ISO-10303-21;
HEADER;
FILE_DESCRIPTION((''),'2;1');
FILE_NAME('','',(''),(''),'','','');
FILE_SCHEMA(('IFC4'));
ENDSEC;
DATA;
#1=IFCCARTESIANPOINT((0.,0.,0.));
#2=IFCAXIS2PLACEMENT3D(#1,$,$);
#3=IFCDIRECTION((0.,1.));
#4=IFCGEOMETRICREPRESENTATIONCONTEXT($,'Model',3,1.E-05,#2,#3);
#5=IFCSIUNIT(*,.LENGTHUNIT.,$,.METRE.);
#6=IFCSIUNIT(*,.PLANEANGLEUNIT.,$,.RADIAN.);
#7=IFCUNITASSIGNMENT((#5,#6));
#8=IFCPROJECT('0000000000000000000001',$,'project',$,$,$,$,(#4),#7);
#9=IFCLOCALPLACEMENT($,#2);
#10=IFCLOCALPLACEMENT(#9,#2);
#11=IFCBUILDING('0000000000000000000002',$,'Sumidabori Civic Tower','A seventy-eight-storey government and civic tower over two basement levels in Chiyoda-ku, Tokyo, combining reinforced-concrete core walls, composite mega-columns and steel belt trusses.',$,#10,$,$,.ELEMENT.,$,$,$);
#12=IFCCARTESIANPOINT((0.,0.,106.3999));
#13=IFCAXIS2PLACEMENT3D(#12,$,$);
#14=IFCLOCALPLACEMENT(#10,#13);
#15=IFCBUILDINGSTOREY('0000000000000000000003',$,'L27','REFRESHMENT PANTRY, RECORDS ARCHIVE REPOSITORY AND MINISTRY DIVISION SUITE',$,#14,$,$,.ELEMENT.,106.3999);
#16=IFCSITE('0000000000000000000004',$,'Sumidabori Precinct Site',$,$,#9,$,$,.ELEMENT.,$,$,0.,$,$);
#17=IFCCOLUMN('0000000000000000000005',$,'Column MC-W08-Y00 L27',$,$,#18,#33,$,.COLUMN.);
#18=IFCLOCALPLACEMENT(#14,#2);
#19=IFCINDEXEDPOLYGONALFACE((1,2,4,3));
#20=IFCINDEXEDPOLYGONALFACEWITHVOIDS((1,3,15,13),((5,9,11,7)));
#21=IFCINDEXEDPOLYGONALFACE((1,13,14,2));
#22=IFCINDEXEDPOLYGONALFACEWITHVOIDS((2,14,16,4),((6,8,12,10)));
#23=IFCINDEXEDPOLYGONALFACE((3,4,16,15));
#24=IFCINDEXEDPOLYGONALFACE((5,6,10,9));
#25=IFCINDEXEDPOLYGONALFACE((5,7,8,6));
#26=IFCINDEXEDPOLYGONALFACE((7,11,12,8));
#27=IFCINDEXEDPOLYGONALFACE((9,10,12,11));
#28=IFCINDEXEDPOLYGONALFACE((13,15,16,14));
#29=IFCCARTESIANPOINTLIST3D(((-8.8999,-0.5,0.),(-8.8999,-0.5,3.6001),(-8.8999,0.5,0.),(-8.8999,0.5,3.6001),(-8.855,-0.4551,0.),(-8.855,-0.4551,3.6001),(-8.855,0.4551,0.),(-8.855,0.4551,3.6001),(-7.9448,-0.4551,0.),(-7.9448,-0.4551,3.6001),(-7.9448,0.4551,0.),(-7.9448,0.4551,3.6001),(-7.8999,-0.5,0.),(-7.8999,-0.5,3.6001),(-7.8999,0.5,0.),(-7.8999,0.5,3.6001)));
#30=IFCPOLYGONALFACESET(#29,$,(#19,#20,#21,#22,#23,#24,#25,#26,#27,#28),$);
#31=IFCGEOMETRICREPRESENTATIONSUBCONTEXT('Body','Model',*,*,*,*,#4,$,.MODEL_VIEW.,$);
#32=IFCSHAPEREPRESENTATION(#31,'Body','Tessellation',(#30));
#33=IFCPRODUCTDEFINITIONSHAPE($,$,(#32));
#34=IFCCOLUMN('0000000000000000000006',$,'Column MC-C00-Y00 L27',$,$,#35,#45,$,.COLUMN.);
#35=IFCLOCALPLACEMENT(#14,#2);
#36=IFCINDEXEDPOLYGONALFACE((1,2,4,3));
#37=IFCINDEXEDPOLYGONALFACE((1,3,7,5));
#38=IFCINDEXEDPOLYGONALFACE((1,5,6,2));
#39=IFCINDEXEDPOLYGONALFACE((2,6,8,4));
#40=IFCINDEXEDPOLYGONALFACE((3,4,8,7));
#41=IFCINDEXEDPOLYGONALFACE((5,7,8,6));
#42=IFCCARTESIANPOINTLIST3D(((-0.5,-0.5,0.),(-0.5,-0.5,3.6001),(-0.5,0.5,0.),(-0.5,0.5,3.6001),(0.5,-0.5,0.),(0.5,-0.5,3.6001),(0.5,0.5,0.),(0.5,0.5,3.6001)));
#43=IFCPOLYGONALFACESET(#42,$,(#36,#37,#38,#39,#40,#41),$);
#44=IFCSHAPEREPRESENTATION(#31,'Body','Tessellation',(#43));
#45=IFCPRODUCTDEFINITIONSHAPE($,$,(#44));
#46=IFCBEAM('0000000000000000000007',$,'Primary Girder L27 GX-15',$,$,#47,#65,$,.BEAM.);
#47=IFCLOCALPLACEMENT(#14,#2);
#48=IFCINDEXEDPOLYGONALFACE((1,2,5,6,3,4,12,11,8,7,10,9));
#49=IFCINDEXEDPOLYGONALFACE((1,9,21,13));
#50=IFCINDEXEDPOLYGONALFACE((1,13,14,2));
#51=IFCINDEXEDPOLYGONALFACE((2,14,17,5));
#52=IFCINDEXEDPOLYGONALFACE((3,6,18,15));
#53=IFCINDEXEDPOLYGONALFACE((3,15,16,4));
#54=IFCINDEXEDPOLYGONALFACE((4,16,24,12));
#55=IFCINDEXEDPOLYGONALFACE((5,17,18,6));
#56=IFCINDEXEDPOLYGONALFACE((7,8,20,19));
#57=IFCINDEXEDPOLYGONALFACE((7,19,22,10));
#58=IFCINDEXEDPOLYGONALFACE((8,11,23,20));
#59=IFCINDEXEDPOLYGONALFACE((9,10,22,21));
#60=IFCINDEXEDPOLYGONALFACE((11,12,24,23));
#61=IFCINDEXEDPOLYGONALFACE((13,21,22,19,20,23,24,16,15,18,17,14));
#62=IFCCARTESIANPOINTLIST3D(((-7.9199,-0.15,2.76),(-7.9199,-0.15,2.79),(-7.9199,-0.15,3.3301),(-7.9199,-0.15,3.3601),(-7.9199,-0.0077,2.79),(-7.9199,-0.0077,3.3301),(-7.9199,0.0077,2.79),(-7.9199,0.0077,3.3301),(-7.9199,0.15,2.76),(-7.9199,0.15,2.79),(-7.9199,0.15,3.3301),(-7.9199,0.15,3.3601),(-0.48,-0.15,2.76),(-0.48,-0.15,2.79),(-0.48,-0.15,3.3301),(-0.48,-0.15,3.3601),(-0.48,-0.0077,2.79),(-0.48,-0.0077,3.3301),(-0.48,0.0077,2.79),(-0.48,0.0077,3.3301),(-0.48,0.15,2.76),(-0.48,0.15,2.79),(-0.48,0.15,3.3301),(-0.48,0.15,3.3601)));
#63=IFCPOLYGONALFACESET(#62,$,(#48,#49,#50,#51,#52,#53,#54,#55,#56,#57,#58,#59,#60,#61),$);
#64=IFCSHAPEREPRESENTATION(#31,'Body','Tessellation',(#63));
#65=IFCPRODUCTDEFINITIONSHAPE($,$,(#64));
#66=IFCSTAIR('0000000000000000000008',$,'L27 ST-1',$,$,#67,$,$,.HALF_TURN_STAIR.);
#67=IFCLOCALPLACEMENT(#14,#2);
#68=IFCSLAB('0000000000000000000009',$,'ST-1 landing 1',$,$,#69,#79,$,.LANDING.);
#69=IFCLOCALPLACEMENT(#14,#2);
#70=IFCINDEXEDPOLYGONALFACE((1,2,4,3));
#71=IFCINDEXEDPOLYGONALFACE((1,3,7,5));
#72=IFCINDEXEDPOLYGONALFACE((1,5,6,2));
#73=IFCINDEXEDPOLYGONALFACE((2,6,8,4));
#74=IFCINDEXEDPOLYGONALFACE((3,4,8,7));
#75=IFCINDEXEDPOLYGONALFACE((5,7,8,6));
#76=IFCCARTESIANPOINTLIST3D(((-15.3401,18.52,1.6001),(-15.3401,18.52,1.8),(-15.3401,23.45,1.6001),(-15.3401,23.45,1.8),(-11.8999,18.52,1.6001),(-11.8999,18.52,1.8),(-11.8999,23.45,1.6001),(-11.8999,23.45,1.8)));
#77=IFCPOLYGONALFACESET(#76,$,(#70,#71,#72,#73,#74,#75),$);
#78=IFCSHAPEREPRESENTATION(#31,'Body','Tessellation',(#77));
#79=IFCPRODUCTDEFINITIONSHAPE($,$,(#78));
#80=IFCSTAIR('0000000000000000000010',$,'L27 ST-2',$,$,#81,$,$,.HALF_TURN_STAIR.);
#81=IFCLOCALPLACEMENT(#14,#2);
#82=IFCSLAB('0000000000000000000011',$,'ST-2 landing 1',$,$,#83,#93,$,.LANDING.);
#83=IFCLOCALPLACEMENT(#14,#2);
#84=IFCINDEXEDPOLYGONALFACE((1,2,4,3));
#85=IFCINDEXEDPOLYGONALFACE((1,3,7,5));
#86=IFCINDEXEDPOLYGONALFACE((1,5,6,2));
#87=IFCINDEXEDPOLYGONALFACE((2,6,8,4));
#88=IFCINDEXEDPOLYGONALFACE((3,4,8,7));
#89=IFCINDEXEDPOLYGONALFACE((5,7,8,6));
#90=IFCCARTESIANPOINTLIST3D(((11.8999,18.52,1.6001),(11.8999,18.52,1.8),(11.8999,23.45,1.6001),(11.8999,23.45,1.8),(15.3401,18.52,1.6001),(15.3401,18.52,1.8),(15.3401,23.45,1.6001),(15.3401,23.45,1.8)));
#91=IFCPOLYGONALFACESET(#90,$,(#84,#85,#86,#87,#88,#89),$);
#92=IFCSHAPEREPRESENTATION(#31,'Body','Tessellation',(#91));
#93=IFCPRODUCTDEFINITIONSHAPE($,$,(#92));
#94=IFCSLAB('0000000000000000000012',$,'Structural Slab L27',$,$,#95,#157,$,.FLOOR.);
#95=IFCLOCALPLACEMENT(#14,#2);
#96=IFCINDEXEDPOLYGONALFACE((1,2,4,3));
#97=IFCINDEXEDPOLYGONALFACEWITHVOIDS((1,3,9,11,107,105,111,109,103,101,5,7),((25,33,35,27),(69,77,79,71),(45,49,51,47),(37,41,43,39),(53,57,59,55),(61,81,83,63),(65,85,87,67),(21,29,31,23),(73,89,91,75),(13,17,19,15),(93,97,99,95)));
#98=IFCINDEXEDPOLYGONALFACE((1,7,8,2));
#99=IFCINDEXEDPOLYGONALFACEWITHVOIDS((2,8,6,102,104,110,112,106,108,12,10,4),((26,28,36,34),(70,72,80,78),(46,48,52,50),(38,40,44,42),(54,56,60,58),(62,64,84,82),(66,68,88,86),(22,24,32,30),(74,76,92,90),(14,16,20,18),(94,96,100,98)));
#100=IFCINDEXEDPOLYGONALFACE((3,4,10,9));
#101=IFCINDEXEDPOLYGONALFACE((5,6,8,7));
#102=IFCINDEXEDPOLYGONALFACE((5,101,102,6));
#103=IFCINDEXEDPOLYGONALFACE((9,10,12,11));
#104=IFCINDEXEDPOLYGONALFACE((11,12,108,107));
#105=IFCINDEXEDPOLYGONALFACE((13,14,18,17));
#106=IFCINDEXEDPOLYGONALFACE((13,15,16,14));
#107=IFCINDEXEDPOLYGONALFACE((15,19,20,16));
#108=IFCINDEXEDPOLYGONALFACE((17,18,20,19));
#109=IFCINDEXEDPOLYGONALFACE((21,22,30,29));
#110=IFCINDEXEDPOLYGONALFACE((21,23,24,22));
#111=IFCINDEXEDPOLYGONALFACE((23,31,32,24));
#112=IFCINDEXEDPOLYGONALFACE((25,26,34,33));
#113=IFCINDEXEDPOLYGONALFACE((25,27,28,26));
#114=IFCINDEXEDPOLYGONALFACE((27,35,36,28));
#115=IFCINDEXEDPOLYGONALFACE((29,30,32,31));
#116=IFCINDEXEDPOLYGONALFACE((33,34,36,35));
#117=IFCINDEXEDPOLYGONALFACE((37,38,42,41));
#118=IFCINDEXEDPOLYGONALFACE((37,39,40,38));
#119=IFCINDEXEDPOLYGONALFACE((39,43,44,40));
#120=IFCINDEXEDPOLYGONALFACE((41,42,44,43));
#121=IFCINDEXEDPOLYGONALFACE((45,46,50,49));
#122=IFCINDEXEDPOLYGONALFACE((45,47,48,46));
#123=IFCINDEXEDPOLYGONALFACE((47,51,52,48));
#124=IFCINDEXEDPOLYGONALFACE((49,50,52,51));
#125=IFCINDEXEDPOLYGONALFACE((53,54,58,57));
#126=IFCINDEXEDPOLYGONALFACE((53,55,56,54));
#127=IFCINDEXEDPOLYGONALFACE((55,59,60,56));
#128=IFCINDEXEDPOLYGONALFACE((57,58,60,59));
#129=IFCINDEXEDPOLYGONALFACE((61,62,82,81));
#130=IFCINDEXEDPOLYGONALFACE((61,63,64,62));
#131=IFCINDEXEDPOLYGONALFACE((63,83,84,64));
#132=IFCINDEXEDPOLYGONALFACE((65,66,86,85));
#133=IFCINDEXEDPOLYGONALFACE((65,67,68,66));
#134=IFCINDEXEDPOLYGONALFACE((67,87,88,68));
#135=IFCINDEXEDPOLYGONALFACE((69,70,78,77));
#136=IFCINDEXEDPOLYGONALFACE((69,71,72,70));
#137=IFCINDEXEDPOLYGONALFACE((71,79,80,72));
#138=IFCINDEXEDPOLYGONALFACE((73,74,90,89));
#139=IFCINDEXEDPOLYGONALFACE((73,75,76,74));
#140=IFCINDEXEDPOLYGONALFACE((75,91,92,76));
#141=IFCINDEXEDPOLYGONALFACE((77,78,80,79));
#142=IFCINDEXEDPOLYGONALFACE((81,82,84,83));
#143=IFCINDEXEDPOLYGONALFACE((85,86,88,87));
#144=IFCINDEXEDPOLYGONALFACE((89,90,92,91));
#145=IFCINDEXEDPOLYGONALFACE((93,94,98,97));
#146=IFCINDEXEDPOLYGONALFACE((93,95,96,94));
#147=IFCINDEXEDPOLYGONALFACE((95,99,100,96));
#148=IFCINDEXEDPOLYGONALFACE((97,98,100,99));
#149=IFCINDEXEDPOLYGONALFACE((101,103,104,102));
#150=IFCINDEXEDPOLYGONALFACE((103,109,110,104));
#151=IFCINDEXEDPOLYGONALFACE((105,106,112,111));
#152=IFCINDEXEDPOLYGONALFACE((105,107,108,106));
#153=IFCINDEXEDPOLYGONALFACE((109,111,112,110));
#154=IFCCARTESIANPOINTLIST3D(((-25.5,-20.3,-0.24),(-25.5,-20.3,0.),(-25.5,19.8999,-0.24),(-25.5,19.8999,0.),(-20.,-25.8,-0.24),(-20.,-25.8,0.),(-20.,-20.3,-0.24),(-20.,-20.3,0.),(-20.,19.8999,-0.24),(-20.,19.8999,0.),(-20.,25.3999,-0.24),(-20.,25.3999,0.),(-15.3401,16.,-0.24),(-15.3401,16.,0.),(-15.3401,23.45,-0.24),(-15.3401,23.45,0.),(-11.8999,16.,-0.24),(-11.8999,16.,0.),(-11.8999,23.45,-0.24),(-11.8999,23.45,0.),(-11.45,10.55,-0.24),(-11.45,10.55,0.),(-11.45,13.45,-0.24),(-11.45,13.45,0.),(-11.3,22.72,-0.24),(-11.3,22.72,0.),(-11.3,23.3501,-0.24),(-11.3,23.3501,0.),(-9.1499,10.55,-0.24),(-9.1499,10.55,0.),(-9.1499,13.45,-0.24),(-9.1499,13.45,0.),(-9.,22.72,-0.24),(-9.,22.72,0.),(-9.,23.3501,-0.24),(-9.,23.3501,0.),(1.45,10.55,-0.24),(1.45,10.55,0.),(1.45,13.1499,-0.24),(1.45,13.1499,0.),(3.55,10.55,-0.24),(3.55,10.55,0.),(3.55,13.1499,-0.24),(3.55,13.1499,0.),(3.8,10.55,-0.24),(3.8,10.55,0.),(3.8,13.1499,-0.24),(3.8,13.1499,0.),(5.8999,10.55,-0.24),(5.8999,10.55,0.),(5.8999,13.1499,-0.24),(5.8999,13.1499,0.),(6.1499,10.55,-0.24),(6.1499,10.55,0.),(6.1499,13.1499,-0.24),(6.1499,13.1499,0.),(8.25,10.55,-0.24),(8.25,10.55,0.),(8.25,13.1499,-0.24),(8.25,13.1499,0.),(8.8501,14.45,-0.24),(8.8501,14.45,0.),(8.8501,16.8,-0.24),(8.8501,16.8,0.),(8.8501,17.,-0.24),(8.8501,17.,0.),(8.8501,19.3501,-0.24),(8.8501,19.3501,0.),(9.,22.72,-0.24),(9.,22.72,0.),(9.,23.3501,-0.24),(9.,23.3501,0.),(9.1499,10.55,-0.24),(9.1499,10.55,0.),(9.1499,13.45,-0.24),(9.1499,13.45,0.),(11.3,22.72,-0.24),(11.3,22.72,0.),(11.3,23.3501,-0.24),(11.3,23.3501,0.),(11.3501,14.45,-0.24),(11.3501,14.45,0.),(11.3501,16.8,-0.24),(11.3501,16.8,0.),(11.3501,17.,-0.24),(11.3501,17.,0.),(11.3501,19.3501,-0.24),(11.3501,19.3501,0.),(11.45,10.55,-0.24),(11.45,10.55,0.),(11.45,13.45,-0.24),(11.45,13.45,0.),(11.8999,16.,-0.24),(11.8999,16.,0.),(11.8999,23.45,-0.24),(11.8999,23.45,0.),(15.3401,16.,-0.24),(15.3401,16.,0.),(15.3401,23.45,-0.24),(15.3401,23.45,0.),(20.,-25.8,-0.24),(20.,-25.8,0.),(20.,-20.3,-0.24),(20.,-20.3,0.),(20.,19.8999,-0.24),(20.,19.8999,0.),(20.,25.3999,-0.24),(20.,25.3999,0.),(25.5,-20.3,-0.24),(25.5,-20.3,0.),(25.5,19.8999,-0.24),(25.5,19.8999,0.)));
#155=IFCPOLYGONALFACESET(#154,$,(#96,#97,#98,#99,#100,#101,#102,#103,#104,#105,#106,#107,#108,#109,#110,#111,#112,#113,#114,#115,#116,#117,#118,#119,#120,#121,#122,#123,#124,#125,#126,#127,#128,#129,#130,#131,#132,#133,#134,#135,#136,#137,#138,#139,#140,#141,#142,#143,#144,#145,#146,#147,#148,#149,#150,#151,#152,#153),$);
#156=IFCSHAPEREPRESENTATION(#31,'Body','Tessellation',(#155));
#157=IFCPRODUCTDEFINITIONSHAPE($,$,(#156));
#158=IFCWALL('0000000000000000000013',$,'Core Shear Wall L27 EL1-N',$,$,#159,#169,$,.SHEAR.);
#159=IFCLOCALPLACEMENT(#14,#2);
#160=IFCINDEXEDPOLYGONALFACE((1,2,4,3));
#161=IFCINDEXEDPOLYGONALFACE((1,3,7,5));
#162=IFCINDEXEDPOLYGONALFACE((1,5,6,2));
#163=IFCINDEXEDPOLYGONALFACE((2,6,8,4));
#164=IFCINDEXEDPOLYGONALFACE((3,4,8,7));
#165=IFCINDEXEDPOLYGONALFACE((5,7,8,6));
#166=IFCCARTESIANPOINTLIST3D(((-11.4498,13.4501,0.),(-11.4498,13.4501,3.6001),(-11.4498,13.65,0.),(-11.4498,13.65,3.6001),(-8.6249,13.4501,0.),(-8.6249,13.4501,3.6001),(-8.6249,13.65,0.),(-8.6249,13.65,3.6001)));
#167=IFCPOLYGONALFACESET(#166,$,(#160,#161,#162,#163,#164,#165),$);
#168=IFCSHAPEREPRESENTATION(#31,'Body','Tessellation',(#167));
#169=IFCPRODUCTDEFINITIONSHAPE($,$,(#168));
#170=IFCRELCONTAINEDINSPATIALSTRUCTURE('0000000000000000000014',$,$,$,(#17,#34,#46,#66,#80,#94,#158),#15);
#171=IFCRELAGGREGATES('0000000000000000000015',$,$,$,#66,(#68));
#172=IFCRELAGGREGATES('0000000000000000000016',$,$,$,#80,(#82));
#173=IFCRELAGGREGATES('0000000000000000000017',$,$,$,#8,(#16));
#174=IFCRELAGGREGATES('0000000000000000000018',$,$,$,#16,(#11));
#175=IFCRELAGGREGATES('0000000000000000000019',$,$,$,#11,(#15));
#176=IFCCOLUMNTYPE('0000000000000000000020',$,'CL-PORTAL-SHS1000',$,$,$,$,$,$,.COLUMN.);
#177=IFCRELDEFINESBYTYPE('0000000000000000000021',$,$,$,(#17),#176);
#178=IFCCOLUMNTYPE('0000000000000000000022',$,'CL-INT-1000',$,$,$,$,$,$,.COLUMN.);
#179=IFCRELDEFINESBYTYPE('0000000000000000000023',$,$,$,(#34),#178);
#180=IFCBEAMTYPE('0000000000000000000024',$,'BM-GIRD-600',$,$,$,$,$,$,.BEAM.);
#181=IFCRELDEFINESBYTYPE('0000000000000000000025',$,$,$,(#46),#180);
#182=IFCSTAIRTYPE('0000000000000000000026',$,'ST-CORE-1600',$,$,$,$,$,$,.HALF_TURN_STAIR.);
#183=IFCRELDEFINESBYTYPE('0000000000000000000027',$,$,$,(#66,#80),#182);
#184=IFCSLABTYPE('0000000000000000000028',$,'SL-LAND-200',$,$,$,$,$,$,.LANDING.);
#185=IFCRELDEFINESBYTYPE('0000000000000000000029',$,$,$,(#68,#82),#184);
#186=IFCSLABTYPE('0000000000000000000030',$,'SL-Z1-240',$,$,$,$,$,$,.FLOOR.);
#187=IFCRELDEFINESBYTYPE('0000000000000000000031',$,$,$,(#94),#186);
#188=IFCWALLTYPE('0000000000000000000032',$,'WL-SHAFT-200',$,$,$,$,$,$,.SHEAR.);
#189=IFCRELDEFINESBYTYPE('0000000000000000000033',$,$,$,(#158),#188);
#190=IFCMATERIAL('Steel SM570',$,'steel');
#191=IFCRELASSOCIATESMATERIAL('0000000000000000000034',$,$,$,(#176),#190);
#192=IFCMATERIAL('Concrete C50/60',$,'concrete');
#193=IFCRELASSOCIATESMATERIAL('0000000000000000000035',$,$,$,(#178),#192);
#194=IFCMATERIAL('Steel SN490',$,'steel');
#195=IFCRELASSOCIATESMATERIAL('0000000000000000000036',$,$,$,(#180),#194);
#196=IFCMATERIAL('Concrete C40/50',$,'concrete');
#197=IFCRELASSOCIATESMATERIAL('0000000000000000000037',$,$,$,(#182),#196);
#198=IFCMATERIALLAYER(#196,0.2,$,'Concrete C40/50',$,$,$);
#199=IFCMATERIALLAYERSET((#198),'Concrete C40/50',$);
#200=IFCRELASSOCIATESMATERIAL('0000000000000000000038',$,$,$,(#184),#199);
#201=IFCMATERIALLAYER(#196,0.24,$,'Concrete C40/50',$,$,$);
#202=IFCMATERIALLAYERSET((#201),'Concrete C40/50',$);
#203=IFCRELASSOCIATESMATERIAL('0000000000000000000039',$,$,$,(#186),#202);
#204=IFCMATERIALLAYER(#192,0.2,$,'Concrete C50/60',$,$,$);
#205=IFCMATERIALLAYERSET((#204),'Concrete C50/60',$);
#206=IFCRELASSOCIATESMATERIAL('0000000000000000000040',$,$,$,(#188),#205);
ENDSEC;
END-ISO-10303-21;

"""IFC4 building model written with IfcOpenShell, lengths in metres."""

from ifc_helpers import new_model, si_unit, direction, frame, frame_2d, origin, origin_with_axes, origin_2d, place, context, subcontext, project, spatial, polyline, rectangle, hollow_rectangle, i_section, outline, extrude, source, transform, mapped, material, layer, layer_set, material_profile, profile_set, type_object, element, aggregate, save


model = new_model("IFC4")

# Units and contexts
model_context = context("Model", 3, precision=1e-05, world=origin(), true_north=direction((0.0, 1.0)))
body_context = subcontext(model_context, "Body", "Model", "MODEL_VIEW")
ifc_project = project(units=[si_unit("LENGTHUNIT", "METRE"), si_unit("PLANEANGLEUNIT", "RADIAN")], contexts=[model_context])

# Site, building, storey
site_placement = place(None, origin())
site = spatial("IfcSite", under=ifc_project, at=site_placement, Name="Sumidabori Precinct Site", CompositionType="ELEMENT", RefElevation=0.0)
building_placement = place(site_placement, origin())
building = spatial("IfcBuilding", under=site, at=building_placement, Name="Sumidabori Civic Tower", Description="A seventy-eight-storey government and civic tower over two basement levels in Chiyoda-ku, Tokyo, combining reinforced-concrete core walls, composite mega-columns and steel belt trusses.", CompositionType="ELEMENT")
storey_placement = place(building_placement, frame((0.0, 0.0, 106.3999)))
storey = spatial("IfcBuildingStorey", under=building, at=storey_placement, Name="L27", Description="REFRESHMENT PANTRY, RECORDS ARCHIVE REPOSITORY AND MINISTRY DIVISION SUITE", CompositionType="ELEMENT", Elevation=106.3999)

# Columns
ifc_material_1 = material(Name="Steel SM570", Category="steel")
ifc_material_profile_1 = material_profile(ifc_material_1, hollow_rectangle(XDim=1.0, YDim=1.0, WallThickness=0.0449, at=origin_2d()), Name="SHS 1000x1000x45")
ifc_profile_set_1 = profile_set([ifc_material_profile_1], Name="Steel SM570")
column_type_1 = type_object("IfcColumnType", Name="CL-PORTAL-SHS1000", PredefinedType="COLUMN", material=ifc_profile_set_1)
shared_shape_1 = source(origin(), body_context, "Body", "SweptSolid", [
    extrude(hollow_rectangle(XDim=1.0, YDim=1.0, WallThickness=0.0449, at=origin_2d()), origin(), (0.0, 0.0, 1.0), 3.6001),
])
column_1_placement = place(storey_placement, frame((-8.3999, 0.0, 0.0), z_axis=(0.0, 0.0, 1.0), x_axis=(1.0, 0.0, 0.0)))
element("IfcColumn", 1, at=column_1_placement, inside=storey, type_object=column_type_1, Name="Column MC-W08-Y00 L27", PredefinedType="COLUMN", context=body_context, shape_type="MappedRepresentation", body=[
    mapped(shared_shape_1, transform((0.0, 0.0, 0.0), x_axis=(1.0, 0.0, 0.0), y_axis=(0.0, 1.0, 0.0), z_axis=(0.0, 0.0, 1.0), scale=1.0)),
])
ifc_material_2 = material(Name="Concrete C50/60", Category="concrete")
ifc_material_profile_2 = material_profile(ifc_material_2, rectangle(XDim=1.0, YDim=1.0, at=origin_2d()), Name="RC 1000x1000")
ifc_profile_set_2 = profile_set([ifc_material_profile_2], Name="Concrete C50/60")
column_type_2 = type_object("IfcColumnType", Name="CL-INT-1000", PredefinedType="COLUMN", material=ifc_profile_set_2)
shared_shape_2 = source(origin(), body_context, "Body", "SweptSolid", [
    extrude(rectangle(XDim=1.0, YDim=1.0, at=origin_2d()), origin(), (0.0, 0.0, 1.0), 3.6001),
])
column_2_placement = place(storey_placement, origin_with_axes())
element("IfcColumn", 2, at=column_2_placement, inside=storey, type_object=column_type_2, Name="Column MC-C00-Y00 L27", PredefinedType="COLUMN", context=body_context, shape_type="MappedRepresentation", body=[
    mapped(shared_shape_2, transform((0.0, 0.0, 0.0), x_axis=(1.0, 0.0, 0.0), y_axis=(0.0, 1.0, 0.0), z_axis=(0.0, 0.0, 1.0), scale=1.0)),
])

# Beam
ifc_material_3 = material(Name="Steel SN490", Category="steel")
ifc_material_profile_3 = material_profile(ifc_material_3, i_section(OverallWidth=0.3, OverallDepth=0.6001, WebThickness=0.0154, FlangeThickness=0.03, at=origin_2d()), Name="HE 600 B")
ifc_profile_set_3 = profile_set([ifc_material_profile_3], Name="Steel SN490")
beam_type = type_object("IfcBeamType", Name="BM-GIRD-600", PredefinedType="BEAM", material=ifc_profile_set_3)
shared_shape_3 = source(origin(), body_context, "Body", "SweptSolid", [
    extrude(i_section(OverallWidth=0.3, OverallDepth=0.6001, WebThickness=0.0154, FlangeThickness=0.03, at=origin_2d()), origin(), (0.0, 0.0, 1.0), 7.4399),
])
beam_placement = place(storey_placement, frame((-7.9199, 0.0, 3.0601), z_axis=(1.0, 0.0, 0.0), x_axis=(0.0, 1.0, 0.0)))
element("IfcBeam", 3, at=beam_placement, inside=storey, type_object=beam_type, Name="Primary Girder L27 GX-15", PredefinedType="BEAM", context=body_context, shape_type="MappedRepresentation", body=[
    mapped(shared_shape_3, transform((0.0, 0.0, 0.0), x_axis=(1.0, 0.0, 0.0), y_axis=(0.0, 1.0, 0.0), z_axis=(0.0, 0.0, 1.0), scale=1.0)),
])

# Stairs, slabs
ifc_material_4 = material(Name="Concrete C40/50", Category="concrete")
stair_type = type_object("IfcStairType", Name="ST-CORE-1600", PredefinedType="HALF_TURN_STAIR", material=ifc_material_4)
stair_1_placement = place(storey_placement, origin())
stair_1 = element("IfcStair", 4, at=stair_1_placement, inside=storey, type_object=stair_type, Name="L27 ST-1", PredefinedType="HALF_TURN_STAIR")
ifc_layer_1 = layer(ifc_material_4, 0.2, Name="Concrete C40/50")
ifc_layer_set_1 = layer_set([ifc_layer_1], Name="Concrete C40/50")
slab_type_1 = type_object("IfcSlabType", Name="SL-LAND-200", PredefinedType="LANDING", material=ifc_layer_set_1)
slab_1_placement = place(storey_placement, frame((0.0, 0.0, 1.6001)))
slab_1 = element("IfcSlab", 5, at=slab_1_placement, type_object=slab_type_1, Name="ST-1 landing 1", PredefinedType="LANDING", context=body_context, shape_type="SweptSolid", body=[
    extrude(outline(polyline([(-11.8999, 18.52), (-11.8999, 23.45), (-15.3401, 23.45), (-15.3401, 18.52), (-11.8999, 18.52)])), origin(), (0.0, 0.0, 1.0), 0.2),
])
aggregate(stair_1, [slab_1])
stair_2_placement = place(storey_placement, origin())
stair_2 = element("IfcStair", 6, at=stair_2_placement, inside=storey, type_object=stair_type, Name="L27 ST-2", PredefinedType="HALF_TURN_STAIR")
slab_2_placement = place(storey_placement, frame((0.0, 0.0, 1.6001)))
slab_2 = element("IfcSlab", 7, at=slab_2_placement, type_object=slab_type_1, Name="ST-2 landing 1", PredefinedType="LANDING", context=body_context, shape_type="SweptSolid", body=[
    extrude(outline(polyline([(15.3401, 18.52), (15.3401, 23.45), (11.8999, 23.45), (11.8999, 18.52), (15.3401, 18.52)])), origin(), (0.0, 0.0, 1.0), 0.2),
])
aggregate(stair_2, [slab_2])

# Slab
ifc_layer_2 = layer(ifc_material_4, 0.24, Name="Concrete C40/50")
ifc_layer_set_2 = layer_set([ifc_layer_2], Name="Concrete C40/50")
slab_type_2 = type_object("IfcSlabType", Name="SL-Z1-240", PredefinedType="FLOOR", material=ifc_layer_set_2)
slab_3_placement = place(storey_placement, frame((0.0, 0.0, -0.24)))
element("IfcSlab", 8, at=slab_3_placement, inside=storey, type_object=slab_type_2, Name="Structural Slab L27", PredefinedType="FLOOR", context=body_context, shape_type="SweptSolid", body=[
    extrude(outline(polyline([(-20.0, -25.8), (20.0, -25.8), (20.0, -20.3), (25.5, -20.3), (25.5, 19.8999), (20.0, 19.8999), (20.0, 25.3999), (-20.0, 25.3999), (-20.0, 19.8999), (-25.5, 19.8999), (-25.5, -20.3), (-20.0, -20.3), (-20.0, -25.8)]), holes=[polyline([(-11.8999, 16.0), (-11.8999, 23.45), (-15.3401, 23.45), (-15.3401, 16.0), (-11.8999, 16.0)]), polyline([(15.3401, 16.0), (15.3401, 23.45), (11.8999, 23.45), (11.8999, 16.0), (15.3401, 16.0)]), polyline([(-11.45, 10.55), (-9.1499, 10.55), (-9.1499, 13.45), (-11.45, 13.45), (-11.45, 10.55)]), polyline([(9.1499, 10.55), (11.45, 10.55), (11.45, 13.45), (9.1499, 13.45), (9.1499, 10.55)]), polyline([(1.45, 10.55), (3.55, 10.55), (3.55, 13.1499), (1.45, 13.1499), (1.45, 10.55)]), polyline([(3.8, 10.55), (5.8999, 10.55), (5.8999, 13.1499), (3.8, 13.1499), (3.8, 10.55)]), polyline([(6.1499, 10.55), (8.25, 10.55), (8.25, 13.1499), (6.1499, 13.1499), (6.1499, 10.55)]), polyline([(8.8501, 14.45), (11.3501, 14.45), (11.3501, 16.8), (8.8501, 16.8), (8.8501, 14.45)]), polyline([(8.8501, 17.0), (11.3501, 17.0), (11.3501, 19.3501), (8.8501, 19.3501), (8.8501, 17.0)]), polyline([(-11.3, 22.72), (-9.0, 22.72), (-9.0, 23.3501), (-11.3, 23.3501), (-11.3, 22.72)]), polyline([(9.0, 22.72), (11.3, 22.72), (11.3, 23.3501), (9.0, 23.3501), (9.0, 22.72)])]), origin(), (0.0, 0.0, 1.0), 0.24),
])

# Wall
ifc_layer_3 = layer(ifc_material_2, 0.2, Name="Concrete C50/60")
ifc_layer_set_3 = layer_set([ifc_layer_3], Name="Concrete C50/60")
wall_type_1 = type_object("IfcWallType", Name="WL-SHAFT-200", PredefinedType="SHEAR", material=ifc_layer_set_3)
shared_shape_4 = source(origin(), body_context, "Body", "SweptSolid", [
    extrude(rectangle(XDim=2.825, YDim=0.2, at=frame_2d((1.4126, 0.0))), origin(), (0.0, 0.0, 1.0), 3.6001),
])
wall_1_placement = place(storey_placement, frame((-11.45, 13.55, 0.0), z_axis=(0.0, 0.0, 1.0), x_axis=(1.0, 0.0, 0.0)))
element("IfcWall", 9, at=wall_1_placement, inside=storey, type_object=wall_type_1, Name="Core Shear Wall L27 EL1-N", PredefinedType="SHEAR", context=body_context, shape_type="MappedRepresentation", body=[
    mapped(shared_shape_4, transform((0.0, 0.0, 0.0), x_axis=(1.0, 0.0, 0.0), y_axis=(0.0, 1.0, 0.0), z_axis=(0.0, 0.0, 1.0), scale=1.0)),
])

save(model, "model.ifc")
